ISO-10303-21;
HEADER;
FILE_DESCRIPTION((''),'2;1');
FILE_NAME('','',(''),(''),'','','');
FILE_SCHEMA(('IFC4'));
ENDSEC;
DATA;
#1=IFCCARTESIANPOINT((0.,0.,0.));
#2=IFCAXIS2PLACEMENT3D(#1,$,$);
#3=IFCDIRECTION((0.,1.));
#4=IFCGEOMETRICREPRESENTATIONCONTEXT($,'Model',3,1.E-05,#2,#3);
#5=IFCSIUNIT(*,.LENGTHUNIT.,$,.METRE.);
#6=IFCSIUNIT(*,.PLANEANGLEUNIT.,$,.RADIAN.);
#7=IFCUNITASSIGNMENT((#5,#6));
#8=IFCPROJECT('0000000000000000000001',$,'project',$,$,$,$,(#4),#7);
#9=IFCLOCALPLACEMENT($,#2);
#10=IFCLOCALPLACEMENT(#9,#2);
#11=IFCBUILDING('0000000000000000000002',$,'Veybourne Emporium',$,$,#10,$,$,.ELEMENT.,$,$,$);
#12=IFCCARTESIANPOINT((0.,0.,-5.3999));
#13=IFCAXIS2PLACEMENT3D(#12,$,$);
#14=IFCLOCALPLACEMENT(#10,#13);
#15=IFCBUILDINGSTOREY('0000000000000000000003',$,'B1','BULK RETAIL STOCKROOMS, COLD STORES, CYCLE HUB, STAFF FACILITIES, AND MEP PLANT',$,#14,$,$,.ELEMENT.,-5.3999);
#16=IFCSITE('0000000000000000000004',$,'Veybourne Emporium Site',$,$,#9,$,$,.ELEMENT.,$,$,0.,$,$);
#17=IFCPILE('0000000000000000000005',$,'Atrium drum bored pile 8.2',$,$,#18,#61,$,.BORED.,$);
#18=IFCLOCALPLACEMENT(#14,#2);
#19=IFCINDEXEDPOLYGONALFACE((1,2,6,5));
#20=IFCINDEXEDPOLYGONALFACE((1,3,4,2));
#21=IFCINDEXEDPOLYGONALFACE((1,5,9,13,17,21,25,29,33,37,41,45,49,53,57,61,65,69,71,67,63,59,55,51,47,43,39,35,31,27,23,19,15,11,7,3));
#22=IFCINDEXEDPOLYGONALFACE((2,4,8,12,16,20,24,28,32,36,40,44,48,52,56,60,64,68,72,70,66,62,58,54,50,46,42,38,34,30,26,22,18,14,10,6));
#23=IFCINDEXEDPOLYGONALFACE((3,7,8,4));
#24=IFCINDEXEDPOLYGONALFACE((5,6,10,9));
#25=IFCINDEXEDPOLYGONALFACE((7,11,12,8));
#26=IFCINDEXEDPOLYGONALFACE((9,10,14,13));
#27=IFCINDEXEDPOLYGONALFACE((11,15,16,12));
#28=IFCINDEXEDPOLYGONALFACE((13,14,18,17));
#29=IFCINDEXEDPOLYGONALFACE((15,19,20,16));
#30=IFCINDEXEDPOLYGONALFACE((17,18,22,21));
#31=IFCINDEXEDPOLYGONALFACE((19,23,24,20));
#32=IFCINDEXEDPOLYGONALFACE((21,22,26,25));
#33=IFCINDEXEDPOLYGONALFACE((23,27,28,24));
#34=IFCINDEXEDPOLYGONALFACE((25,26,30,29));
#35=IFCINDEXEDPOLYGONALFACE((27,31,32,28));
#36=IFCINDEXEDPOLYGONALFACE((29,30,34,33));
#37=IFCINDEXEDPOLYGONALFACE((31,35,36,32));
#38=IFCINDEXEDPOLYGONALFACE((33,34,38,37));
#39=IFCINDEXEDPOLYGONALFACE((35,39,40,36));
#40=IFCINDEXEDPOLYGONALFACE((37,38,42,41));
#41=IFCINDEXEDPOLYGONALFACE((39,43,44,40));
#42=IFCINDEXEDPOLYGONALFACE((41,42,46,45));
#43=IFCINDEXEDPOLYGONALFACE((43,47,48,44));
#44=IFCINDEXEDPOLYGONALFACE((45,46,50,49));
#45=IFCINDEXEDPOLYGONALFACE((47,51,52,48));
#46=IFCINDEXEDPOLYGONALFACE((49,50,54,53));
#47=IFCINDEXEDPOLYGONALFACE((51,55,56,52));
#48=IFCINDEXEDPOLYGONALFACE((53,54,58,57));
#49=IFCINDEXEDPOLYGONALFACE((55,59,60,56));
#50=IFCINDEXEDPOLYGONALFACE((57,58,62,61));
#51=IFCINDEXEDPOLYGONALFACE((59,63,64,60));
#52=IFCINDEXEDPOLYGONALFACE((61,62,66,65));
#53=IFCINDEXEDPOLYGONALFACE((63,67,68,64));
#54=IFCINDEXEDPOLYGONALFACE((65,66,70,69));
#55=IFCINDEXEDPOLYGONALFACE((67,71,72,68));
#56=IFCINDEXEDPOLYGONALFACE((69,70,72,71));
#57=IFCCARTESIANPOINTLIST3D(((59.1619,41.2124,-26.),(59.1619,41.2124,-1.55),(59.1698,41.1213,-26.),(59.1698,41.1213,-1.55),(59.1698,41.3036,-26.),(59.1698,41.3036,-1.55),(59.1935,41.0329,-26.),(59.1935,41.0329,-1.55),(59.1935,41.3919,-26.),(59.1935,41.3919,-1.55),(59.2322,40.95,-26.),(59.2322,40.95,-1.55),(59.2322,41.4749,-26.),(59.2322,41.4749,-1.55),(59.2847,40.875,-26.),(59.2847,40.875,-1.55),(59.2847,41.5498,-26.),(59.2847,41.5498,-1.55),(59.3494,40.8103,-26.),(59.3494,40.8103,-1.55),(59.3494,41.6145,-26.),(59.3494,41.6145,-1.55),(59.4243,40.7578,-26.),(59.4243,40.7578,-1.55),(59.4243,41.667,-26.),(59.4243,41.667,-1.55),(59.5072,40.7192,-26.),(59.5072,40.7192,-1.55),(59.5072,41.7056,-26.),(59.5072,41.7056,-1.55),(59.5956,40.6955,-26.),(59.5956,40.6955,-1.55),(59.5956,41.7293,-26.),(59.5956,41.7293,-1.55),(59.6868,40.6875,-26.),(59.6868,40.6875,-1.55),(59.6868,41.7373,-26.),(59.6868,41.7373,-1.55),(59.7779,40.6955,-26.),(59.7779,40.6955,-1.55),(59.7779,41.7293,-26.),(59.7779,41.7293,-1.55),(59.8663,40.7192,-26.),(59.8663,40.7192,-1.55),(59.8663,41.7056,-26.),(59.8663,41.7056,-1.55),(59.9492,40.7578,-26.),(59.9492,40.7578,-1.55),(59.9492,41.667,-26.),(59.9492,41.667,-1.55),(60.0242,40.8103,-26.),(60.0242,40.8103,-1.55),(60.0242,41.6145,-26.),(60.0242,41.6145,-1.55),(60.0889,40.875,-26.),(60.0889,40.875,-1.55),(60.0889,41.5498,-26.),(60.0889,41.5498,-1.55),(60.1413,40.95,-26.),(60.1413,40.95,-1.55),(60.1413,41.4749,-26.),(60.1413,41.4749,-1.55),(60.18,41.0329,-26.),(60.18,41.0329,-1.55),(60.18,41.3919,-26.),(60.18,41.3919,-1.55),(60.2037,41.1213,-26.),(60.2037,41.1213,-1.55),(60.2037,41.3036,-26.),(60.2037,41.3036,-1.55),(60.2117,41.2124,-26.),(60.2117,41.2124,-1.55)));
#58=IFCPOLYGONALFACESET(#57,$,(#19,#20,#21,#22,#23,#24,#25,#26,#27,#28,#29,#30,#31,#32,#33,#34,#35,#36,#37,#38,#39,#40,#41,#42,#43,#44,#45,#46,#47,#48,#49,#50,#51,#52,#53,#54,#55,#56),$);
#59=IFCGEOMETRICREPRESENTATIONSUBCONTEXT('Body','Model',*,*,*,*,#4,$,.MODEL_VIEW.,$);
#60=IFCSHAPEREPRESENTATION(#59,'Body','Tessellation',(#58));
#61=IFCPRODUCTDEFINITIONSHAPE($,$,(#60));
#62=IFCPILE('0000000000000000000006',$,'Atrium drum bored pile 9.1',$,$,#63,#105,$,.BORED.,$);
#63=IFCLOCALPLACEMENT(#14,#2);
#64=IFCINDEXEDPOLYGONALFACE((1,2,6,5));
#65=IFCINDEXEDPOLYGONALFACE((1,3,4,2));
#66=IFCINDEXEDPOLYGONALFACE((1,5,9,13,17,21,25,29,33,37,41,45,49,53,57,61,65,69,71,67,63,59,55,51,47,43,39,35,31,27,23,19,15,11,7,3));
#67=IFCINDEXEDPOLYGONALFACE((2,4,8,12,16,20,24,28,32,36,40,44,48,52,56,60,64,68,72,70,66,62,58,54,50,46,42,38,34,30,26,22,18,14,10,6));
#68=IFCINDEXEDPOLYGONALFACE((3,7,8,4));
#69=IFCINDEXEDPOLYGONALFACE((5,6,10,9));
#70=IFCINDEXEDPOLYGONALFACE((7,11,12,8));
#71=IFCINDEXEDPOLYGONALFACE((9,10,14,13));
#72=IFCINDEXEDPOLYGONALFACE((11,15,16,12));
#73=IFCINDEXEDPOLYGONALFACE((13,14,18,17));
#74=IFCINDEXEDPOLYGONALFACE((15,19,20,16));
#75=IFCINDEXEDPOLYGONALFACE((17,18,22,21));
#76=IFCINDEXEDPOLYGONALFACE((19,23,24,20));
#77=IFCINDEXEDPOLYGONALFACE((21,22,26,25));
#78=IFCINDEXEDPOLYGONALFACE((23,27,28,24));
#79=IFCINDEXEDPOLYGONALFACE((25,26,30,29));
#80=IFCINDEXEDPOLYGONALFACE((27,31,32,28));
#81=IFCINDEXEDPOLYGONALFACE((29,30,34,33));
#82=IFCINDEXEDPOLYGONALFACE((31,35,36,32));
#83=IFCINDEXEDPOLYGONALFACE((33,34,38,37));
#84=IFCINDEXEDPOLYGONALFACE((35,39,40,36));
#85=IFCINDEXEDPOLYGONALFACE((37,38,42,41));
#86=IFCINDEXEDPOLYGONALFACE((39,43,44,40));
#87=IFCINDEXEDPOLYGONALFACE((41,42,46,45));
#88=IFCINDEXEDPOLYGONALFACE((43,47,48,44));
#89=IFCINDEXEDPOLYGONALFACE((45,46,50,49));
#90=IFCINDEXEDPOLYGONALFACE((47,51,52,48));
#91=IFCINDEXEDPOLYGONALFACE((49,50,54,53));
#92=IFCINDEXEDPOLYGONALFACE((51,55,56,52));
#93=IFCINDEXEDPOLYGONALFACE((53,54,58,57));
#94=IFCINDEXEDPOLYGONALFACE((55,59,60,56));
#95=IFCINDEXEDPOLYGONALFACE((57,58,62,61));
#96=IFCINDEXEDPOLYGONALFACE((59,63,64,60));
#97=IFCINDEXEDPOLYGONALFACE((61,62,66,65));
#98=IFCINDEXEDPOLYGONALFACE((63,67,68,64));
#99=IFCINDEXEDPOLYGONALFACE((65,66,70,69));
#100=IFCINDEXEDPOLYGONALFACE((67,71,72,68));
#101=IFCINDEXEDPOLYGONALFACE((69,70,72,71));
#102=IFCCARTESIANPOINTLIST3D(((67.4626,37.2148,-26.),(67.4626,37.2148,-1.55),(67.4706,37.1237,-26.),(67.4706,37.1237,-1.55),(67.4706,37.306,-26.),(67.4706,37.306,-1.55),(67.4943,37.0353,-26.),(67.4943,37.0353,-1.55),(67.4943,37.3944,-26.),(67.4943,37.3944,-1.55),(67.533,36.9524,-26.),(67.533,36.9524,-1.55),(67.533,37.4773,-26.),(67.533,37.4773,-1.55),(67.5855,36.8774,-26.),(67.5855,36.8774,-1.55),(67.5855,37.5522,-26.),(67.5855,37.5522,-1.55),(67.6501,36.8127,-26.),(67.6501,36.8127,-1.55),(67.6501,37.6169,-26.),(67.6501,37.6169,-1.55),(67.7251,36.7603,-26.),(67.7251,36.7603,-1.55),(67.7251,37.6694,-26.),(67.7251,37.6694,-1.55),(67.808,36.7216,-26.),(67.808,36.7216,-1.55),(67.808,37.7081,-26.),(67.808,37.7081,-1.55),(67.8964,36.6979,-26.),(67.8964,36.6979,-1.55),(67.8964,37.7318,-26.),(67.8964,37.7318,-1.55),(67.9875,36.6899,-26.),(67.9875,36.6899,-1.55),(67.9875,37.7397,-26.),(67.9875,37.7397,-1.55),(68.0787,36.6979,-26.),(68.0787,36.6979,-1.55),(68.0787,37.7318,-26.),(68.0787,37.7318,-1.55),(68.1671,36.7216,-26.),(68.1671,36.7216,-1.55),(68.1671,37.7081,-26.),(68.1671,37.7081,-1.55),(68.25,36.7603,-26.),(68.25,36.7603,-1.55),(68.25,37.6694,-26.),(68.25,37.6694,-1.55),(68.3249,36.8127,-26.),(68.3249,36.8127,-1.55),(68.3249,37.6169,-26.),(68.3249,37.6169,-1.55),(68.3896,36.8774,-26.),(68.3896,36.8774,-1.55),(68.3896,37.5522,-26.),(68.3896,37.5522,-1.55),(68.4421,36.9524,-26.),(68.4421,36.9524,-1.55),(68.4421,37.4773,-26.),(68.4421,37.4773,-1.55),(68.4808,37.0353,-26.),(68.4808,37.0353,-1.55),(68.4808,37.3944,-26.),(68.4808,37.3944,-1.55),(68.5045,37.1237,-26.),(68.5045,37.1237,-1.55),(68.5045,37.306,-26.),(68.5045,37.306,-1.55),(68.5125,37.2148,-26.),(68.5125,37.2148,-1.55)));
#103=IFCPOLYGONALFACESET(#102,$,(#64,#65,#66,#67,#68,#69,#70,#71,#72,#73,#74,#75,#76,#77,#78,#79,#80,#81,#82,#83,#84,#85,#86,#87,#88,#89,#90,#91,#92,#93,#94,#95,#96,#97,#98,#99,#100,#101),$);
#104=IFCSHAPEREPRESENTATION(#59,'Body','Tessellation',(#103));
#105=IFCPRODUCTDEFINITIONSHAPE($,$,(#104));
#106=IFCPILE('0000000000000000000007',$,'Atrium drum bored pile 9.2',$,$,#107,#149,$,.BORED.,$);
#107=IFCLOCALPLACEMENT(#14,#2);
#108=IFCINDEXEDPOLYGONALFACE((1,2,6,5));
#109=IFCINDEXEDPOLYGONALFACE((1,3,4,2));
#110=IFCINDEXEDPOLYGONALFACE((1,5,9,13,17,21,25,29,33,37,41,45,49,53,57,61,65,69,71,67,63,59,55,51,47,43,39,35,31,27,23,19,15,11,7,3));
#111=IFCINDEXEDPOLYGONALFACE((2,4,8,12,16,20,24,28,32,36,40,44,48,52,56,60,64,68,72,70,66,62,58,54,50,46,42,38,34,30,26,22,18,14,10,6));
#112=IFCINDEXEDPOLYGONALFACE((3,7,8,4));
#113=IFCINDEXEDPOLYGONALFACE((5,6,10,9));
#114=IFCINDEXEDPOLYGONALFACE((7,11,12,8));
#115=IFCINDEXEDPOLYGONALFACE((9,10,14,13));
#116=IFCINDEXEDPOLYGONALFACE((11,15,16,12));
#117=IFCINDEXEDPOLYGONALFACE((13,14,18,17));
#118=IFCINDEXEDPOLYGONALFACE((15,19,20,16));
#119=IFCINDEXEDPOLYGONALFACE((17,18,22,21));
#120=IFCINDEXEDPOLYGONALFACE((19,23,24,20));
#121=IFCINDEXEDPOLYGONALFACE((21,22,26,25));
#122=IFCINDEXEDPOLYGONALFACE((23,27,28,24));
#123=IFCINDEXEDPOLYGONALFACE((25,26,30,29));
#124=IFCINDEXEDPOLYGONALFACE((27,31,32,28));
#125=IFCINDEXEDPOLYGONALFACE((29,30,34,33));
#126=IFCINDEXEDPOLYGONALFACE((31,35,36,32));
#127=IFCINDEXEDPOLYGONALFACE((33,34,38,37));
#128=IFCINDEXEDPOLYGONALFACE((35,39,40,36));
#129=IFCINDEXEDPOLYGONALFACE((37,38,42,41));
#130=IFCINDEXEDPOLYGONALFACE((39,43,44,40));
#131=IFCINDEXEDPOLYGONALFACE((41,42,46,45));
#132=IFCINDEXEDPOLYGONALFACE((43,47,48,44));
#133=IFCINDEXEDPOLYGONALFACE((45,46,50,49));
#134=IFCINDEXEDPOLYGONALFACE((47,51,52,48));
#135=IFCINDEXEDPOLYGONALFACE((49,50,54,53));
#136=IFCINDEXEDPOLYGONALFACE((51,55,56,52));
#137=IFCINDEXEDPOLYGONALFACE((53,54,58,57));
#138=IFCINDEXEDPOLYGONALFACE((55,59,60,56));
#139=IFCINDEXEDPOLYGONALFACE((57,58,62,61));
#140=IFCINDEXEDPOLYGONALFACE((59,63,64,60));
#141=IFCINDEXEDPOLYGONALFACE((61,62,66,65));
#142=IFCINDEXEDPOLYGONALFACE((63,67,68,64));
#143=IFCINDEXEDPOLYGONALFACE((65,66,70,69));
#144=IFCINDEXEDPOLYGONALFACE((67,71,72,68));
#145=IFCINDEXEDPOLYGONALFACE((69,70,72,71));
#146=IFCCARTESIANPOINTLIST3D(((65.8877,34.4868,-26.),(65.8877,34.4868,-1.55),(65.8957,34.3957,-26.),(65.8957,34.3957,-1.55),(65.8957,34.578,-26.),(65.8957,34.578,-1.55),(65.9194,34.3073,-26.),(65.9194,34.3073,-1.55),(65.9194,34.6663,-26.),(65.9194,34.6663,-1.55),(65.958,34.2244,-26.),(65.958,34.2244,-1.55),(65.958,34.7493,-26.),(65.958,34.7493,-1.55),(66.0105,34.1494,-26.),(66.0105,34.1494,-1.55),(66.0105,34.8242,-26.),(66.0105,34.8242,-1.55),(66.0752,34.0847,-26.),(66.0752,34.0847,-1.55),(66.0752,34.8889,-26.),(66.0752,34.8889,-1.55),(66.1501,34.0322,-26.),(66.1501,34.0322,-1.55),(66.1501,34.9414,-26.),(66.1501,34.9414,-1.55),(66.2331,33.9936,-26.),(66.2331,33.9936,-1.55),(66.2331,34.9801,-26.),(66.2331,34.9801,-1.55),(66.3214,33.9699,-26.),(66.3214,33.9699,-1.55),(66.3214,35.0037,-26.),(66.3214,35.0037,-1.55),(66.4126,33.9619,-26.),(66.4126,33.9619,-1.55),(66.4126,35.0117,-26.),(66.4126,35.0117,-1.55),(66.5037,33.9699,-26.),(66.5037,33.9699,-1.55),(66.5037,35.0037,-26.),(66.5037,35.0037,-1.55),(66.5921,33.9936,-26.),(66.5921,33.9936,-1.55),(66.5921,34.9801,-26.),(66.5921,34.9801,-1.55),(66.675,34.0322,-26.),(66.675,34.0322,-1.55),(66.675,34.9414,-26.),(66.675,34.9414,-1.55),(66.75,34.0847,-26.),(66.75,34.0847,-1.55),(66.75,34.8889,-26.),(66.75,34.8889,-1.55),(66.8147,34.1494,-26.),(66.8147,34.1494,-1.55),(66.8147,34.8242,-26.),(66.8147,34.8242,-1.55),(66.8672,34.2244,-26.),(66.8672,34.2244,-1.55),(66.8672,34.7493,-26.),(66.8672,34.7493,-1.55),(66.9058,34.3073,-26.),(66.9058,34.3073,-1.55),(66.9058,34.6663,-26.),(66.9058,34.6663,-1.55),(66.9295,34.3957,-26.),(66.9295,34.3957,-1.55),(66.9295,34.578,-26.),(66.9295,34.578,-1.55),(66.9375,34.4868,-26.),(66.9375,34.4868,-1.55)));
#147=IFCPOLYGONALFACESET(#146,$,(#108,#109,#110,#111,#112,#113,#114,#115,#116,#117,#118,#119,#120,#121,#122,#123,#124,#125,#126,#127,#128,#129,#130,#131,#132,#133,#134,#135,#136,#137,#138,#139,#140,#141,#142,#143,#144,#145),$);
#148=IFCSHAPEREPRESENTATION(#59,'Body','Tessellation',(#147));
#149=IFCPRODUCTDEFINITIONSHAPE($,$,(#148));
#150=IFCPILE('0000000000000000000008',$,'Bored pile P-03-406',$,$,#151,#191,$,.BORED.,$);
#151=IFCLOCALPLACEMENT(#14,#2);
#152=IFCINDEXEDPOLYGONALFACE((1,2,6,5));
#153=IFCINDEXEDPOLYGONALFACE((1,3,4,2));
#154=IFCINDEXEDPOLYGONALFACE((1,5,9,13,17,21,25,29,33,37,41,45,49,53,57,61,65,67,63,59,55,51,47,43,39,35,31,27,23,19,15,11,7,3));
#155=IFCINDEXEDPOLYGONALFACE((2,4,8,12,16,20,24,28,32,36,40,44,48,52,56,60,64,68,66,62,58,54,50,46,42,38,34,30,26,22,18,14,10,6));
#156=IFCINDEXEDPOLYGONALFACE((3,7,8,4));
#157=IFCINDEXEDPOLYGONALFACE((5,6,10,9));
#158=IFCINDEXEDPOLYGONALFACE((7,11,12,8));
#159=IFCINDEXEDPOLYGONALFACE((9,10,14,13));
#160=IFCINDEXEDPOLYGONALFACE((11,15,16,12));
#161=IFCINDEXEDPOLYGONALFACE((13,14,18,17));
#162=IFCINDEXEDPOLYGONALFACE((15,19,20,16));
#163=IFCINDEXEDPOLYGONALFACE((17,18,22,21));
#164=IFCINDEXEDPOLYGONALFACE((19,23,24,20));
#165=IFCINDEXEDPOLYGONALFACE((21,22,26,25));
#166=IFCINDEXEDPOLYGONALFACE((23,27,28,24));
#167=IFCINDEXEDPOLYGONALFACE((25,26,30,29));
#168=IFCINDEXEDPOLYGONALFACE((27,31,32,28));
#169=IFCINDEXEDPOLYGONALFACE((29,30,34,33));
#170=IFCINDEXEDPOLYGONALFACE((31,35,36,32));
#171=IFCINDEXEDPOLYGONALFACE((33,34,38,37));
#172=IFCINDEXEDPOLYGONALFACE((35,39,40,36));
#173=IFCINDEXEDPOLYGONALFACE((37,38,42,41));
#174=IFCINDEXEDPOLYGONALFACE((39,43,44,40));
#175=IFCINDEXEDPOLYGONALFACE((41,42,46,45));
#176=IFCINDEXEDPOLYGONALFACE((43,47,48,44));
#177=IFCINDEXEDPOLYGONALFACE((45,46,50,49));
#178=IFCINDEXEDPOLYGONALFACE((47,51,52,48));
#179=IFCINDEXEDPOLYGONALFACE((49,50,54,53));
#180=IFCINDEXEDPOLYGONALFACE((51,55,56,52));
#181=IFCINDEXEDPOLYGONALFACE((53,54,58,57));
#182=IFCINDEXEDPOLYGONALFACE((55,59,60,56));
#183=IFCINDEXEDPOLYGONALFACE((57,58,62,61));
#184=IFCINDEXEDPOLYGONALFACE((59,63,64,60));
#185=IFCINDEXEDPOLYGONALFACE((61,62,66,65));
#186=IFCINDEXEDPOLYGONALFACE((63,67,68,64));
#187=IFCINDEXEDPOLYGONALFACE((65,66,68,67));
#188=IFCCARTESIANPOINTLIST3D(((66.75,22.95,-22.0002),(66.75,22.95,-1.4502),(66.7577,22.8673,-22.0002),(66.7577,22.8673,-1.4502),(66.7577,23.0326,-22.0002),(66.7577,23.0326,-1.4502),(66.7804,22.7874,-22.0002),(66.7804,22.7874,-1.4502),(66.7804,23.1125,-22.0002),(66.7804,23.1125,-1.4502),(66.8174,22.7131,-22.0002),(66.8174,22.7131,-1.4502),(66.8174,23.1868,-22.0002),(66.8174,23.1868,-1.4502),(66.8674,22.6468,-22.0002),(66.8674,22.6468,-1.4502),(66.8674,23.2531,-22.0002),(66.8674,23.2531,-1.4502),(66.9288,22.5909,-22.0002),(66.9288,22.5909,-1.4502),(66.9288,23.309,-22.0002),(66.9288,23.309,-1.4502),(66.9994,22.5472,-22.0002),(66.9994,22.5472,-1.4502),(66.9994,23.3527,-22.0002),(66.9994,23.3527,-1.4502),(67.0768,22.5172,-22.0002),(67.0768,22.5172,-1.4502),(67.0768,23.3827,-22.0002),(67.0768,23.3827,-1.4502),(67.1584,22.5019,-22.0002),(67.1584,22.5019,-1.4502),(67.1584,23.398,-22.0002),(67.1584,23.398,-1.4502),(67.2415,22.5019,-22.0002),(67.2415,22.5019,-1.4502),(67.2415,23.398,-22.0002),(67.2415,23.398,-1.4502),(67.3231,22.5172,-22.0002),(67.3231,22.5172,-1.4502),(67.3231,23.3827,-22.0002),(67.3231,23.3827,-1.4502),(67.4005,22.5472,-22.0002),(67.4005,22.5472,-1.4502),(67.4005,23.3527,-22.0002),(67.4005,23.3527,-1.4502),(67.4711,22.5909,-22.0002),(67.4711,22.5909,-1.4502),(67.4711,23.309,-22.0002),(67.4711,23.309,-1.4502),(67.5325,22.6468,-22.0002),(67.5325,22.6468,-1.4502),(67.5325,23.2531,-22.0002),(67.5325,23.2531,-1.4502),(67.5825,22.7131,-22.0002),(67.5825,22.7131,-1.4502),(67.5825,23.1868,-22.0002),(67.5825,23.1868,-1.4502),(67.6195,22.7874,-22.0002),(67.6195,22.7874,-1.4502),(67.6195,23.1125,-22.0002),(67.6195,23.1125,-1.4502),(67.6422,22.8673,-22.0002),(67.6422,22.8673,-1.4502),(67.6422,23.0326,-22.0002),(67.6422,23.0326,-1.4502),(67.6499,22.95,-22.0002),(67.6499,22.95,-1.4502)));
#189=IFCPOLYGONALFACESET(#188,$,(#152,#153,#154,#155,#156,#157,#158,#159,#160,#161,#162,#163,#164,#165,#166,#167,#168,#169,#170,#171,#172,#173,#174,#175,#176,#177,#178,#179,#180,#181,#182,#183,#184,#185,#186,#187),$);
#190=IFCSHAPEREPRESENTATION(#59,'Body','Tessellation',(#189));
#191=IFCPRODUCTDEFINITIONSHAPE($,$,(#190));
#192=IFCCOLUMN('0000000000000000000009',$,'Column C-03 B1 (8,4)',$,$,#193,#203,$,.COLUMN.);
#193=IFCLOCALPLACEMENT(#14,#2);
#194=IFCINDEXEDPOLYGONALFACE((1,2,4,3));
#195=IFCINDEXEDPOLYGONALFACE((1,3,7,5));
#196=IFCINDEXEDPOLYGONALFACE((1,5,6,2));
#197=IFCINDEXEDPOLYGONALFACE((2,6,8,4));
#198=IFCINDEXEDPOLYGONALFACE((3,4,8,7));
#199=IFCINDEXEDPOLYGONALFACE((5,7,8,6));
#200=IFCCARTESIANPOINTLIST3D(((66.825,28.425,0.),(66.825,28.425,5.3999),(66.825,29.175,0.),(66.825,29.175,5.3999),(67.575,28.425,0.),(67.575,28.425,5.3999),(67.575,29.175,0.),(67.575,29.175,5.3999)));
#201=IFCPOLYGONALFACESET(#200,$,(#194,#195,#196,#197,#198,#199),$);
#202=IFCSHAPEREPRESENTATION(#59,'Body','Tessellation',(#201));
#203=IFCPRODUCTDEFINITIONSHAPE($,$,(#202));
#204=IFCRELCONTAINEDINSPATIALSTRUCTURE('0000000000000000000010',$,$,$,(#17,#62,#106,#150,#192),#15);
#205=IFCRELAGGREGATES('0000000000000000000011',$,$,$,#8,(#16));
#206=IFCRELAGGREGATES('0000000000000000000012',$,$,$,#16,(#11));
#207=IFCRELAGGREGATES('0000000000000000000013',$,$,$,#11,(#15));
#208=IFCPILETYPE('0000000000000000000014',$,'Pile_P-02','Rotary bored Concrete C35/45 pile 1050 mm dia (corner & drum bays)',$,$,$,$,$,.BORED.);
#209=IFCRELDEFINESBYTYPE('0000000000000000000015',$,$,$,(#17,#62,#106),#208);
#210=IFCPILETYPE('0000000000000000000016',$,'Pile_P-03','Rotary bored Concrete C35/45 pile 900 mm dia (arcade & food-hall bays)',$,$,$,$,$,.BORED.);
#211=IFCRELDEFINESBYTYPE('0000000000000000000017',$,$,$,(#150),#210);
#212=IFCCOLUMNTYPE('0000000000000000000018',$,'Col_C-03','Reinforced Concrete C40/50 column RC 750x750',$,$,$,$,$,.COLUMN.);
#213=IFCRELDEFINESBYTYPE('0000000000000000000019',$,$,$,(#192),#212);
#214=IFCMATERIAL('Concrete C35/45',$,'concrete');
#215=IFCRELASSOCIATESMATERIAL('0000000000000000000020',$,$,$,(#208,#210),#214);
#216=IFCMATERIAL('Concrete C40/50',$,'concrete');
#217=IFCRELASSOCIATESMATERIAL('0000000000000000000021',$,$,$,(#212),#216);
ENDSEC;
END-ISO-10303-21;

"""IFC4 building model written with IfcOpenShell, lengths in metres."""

from ifc_helpers import new_model, si_unit, direction, frame, origin, origin_2d, place, context, subcontext, project, spatial, rectangle, circle, extrude, material, material_profile, profile_set, type_object, element, save


model = new_model("IFC4")

# Units and contexts
model_context = context("Model", 3, precision=1e-05, world=origin(), true_north=direction((0.0, 1.0)))
body_context = subcontext(model_context, "Body", "Model", "MODEL_VIEW")
ifc_project = project(units=[si_unit("LENGTHUNIT", "METRE"), si_unit("PLANEANGLEUNIT", "RADIAN")], contexts=[model_context])

# Site, building, storey
site_placement = place(None, origin())
site = spatial("IfcSite", under=ifc_project, at=site_placement, Name="Veybourne Emporium Site", CompositionType="ELEMENT", RefElevation=0.0)
building_placement = place(site_placement, origin())
building = spatial("IfcBuilding", under=site, at=building_placement, Name="Veybourne Emporium", CompositionType="ELEMENT")
storey_placement = place(building_placement, frame((0.0, 0.0, -5.3999)))
storey = spatial("IfcBuildingStorey", under=building, at=storey_placement, Name="B1", Description="BULK RETAIL STOCKROOMS, COLD STORES, CYCLE HUB, STAFF FACILITIES, AND MEP PLANT", CompositionType="ELEMENT", Elevation=-5.3999)

# Shared definitions
ifc_material_1 = material(Name="Concrete C35/45", Category="concrete")

# Piles
ifc_material_profile_1 = material_profile(ifc_material_1, circle(Radius=0.5249, at=origin_2d()), Name="BORED PILE 1050")
ifc_profile_set_1 = profile_set([ifc_material_profile_1], Name="Concrete C35/45")
pile_type_1 = type_object("IfcPileType", Name="Pile_P-02", Description="Rotary bored Concrete C35/45 pile 1050 mm dia (corner & drum bays)", PredefinedType="BORED", material=ifc_profile_set_1)
for number, where, z_axis, x_axis, name in (
    (1, (59.6868, 41.2124, -1.55), (0.0, 0.0, -1.0), (1.0, 0.0, 0.0), "Atrium drum bored pile 8.2"),
    (2, (67.9875, 37.2148, -1.55), (0.0, 0.0, -1.0), (1.0, 0.0, 0.0), "Atrium drum bored pile 9.1"),
    (3, (66.4126, 34.4868, -1.55), (0.0, 0.0, -1.0), (1.0, 0.0, 0.0), "Atrium drum bored pile 9.2"),
):
    element("IfcPile", number, at=place(storey_placement, frame(where, z_axis=z_axis, x_axis=x_axis)), inside=storey, type_object=pile_type_1, Name=name, PredefinedType="BORED", context=body_context, shape_type="SweptSolid", body=[
        extrude(circle(Radius=0.5249, at=origin_2d()), origin(), (0.0, 0.0, 1.0), 24.45),
    ])
ifc_material_profile_2 = material_profile(ifc_material_1, circle(Radius=0.45, at=origin_2d()), Name="BORED PILE 900")
ifc_profile_set_2 = profile_set([ifc_material_profile_2], Name="Concrete C35/45")
pile_type_2 = type_object("IfcPileType", Name="Pile_P-03", Description="Rotary bored Concrete C35/45 pile 900 mm dia (arcade & food-hall bays)", PredefinedType="BORED", material=ifc_profile_set_2)
pile_placement = place(storey_placement, frame((67.2, 22.95, -1.4502), z_axis=(0.0, 0.0, -1.0), x_axis=(1.0, 0.0, 0.0)))
element("IfcPile", 4, at=pile_placement, inside=storey, type_object=pile_type_2, Name="Bored pile P-03-406", PredefinedType="BORED", context=body_context, shape_type="SweptSolid", body=[
    extrude(circle(Radius=0.45, at=origin_2d()), origin(), (0.0, 0.0, 1.0), 20.55),
])

# Column
ifc_material_2 = material(Name="Concrete C40/50", Category="concrete")
ifc_material_profile_3 = material_profile(ifc_material_2, rectangle(XDim=0.75, YDim=0.75, at=origin_2d()), Name="RC 750x750")
ifc_profile_set_3 = profile_set([ifc_material_profile_3], Name="Concrete C40/50")
column_type_1 = type_object("IfcColumnType", Name="Col_C-03", Description="Reinforced Concrete C40/50 column RC 750x750", PredefinedType="COLUMN", material=ifc_profile_set_3)
for number, where, z_axis, x_axis, name in (
    (5, (67.2, 28.8, 0.0), (0.0, 0.0, 1.0), (1.0, 0.0, 0.0), "Column C-03 B1 (8,4)"),
):
    element("IfcColumn", number, at=place(storey_placement, frame(where, z_axis=z_axis, x_axis=x_axis)), inside=storey, type_object=column_type_1, Name=name, PredefinedType="COLUMN", context=body_context, shape_type="SweptSolid", body=[
        extrude(rectangle(XDim=0.75, YDim=0.75, at=origin_2d()), origin(), (0.0, 0.0, 1.0), 5.3999),
    ])

save(model, "model.ifc")
